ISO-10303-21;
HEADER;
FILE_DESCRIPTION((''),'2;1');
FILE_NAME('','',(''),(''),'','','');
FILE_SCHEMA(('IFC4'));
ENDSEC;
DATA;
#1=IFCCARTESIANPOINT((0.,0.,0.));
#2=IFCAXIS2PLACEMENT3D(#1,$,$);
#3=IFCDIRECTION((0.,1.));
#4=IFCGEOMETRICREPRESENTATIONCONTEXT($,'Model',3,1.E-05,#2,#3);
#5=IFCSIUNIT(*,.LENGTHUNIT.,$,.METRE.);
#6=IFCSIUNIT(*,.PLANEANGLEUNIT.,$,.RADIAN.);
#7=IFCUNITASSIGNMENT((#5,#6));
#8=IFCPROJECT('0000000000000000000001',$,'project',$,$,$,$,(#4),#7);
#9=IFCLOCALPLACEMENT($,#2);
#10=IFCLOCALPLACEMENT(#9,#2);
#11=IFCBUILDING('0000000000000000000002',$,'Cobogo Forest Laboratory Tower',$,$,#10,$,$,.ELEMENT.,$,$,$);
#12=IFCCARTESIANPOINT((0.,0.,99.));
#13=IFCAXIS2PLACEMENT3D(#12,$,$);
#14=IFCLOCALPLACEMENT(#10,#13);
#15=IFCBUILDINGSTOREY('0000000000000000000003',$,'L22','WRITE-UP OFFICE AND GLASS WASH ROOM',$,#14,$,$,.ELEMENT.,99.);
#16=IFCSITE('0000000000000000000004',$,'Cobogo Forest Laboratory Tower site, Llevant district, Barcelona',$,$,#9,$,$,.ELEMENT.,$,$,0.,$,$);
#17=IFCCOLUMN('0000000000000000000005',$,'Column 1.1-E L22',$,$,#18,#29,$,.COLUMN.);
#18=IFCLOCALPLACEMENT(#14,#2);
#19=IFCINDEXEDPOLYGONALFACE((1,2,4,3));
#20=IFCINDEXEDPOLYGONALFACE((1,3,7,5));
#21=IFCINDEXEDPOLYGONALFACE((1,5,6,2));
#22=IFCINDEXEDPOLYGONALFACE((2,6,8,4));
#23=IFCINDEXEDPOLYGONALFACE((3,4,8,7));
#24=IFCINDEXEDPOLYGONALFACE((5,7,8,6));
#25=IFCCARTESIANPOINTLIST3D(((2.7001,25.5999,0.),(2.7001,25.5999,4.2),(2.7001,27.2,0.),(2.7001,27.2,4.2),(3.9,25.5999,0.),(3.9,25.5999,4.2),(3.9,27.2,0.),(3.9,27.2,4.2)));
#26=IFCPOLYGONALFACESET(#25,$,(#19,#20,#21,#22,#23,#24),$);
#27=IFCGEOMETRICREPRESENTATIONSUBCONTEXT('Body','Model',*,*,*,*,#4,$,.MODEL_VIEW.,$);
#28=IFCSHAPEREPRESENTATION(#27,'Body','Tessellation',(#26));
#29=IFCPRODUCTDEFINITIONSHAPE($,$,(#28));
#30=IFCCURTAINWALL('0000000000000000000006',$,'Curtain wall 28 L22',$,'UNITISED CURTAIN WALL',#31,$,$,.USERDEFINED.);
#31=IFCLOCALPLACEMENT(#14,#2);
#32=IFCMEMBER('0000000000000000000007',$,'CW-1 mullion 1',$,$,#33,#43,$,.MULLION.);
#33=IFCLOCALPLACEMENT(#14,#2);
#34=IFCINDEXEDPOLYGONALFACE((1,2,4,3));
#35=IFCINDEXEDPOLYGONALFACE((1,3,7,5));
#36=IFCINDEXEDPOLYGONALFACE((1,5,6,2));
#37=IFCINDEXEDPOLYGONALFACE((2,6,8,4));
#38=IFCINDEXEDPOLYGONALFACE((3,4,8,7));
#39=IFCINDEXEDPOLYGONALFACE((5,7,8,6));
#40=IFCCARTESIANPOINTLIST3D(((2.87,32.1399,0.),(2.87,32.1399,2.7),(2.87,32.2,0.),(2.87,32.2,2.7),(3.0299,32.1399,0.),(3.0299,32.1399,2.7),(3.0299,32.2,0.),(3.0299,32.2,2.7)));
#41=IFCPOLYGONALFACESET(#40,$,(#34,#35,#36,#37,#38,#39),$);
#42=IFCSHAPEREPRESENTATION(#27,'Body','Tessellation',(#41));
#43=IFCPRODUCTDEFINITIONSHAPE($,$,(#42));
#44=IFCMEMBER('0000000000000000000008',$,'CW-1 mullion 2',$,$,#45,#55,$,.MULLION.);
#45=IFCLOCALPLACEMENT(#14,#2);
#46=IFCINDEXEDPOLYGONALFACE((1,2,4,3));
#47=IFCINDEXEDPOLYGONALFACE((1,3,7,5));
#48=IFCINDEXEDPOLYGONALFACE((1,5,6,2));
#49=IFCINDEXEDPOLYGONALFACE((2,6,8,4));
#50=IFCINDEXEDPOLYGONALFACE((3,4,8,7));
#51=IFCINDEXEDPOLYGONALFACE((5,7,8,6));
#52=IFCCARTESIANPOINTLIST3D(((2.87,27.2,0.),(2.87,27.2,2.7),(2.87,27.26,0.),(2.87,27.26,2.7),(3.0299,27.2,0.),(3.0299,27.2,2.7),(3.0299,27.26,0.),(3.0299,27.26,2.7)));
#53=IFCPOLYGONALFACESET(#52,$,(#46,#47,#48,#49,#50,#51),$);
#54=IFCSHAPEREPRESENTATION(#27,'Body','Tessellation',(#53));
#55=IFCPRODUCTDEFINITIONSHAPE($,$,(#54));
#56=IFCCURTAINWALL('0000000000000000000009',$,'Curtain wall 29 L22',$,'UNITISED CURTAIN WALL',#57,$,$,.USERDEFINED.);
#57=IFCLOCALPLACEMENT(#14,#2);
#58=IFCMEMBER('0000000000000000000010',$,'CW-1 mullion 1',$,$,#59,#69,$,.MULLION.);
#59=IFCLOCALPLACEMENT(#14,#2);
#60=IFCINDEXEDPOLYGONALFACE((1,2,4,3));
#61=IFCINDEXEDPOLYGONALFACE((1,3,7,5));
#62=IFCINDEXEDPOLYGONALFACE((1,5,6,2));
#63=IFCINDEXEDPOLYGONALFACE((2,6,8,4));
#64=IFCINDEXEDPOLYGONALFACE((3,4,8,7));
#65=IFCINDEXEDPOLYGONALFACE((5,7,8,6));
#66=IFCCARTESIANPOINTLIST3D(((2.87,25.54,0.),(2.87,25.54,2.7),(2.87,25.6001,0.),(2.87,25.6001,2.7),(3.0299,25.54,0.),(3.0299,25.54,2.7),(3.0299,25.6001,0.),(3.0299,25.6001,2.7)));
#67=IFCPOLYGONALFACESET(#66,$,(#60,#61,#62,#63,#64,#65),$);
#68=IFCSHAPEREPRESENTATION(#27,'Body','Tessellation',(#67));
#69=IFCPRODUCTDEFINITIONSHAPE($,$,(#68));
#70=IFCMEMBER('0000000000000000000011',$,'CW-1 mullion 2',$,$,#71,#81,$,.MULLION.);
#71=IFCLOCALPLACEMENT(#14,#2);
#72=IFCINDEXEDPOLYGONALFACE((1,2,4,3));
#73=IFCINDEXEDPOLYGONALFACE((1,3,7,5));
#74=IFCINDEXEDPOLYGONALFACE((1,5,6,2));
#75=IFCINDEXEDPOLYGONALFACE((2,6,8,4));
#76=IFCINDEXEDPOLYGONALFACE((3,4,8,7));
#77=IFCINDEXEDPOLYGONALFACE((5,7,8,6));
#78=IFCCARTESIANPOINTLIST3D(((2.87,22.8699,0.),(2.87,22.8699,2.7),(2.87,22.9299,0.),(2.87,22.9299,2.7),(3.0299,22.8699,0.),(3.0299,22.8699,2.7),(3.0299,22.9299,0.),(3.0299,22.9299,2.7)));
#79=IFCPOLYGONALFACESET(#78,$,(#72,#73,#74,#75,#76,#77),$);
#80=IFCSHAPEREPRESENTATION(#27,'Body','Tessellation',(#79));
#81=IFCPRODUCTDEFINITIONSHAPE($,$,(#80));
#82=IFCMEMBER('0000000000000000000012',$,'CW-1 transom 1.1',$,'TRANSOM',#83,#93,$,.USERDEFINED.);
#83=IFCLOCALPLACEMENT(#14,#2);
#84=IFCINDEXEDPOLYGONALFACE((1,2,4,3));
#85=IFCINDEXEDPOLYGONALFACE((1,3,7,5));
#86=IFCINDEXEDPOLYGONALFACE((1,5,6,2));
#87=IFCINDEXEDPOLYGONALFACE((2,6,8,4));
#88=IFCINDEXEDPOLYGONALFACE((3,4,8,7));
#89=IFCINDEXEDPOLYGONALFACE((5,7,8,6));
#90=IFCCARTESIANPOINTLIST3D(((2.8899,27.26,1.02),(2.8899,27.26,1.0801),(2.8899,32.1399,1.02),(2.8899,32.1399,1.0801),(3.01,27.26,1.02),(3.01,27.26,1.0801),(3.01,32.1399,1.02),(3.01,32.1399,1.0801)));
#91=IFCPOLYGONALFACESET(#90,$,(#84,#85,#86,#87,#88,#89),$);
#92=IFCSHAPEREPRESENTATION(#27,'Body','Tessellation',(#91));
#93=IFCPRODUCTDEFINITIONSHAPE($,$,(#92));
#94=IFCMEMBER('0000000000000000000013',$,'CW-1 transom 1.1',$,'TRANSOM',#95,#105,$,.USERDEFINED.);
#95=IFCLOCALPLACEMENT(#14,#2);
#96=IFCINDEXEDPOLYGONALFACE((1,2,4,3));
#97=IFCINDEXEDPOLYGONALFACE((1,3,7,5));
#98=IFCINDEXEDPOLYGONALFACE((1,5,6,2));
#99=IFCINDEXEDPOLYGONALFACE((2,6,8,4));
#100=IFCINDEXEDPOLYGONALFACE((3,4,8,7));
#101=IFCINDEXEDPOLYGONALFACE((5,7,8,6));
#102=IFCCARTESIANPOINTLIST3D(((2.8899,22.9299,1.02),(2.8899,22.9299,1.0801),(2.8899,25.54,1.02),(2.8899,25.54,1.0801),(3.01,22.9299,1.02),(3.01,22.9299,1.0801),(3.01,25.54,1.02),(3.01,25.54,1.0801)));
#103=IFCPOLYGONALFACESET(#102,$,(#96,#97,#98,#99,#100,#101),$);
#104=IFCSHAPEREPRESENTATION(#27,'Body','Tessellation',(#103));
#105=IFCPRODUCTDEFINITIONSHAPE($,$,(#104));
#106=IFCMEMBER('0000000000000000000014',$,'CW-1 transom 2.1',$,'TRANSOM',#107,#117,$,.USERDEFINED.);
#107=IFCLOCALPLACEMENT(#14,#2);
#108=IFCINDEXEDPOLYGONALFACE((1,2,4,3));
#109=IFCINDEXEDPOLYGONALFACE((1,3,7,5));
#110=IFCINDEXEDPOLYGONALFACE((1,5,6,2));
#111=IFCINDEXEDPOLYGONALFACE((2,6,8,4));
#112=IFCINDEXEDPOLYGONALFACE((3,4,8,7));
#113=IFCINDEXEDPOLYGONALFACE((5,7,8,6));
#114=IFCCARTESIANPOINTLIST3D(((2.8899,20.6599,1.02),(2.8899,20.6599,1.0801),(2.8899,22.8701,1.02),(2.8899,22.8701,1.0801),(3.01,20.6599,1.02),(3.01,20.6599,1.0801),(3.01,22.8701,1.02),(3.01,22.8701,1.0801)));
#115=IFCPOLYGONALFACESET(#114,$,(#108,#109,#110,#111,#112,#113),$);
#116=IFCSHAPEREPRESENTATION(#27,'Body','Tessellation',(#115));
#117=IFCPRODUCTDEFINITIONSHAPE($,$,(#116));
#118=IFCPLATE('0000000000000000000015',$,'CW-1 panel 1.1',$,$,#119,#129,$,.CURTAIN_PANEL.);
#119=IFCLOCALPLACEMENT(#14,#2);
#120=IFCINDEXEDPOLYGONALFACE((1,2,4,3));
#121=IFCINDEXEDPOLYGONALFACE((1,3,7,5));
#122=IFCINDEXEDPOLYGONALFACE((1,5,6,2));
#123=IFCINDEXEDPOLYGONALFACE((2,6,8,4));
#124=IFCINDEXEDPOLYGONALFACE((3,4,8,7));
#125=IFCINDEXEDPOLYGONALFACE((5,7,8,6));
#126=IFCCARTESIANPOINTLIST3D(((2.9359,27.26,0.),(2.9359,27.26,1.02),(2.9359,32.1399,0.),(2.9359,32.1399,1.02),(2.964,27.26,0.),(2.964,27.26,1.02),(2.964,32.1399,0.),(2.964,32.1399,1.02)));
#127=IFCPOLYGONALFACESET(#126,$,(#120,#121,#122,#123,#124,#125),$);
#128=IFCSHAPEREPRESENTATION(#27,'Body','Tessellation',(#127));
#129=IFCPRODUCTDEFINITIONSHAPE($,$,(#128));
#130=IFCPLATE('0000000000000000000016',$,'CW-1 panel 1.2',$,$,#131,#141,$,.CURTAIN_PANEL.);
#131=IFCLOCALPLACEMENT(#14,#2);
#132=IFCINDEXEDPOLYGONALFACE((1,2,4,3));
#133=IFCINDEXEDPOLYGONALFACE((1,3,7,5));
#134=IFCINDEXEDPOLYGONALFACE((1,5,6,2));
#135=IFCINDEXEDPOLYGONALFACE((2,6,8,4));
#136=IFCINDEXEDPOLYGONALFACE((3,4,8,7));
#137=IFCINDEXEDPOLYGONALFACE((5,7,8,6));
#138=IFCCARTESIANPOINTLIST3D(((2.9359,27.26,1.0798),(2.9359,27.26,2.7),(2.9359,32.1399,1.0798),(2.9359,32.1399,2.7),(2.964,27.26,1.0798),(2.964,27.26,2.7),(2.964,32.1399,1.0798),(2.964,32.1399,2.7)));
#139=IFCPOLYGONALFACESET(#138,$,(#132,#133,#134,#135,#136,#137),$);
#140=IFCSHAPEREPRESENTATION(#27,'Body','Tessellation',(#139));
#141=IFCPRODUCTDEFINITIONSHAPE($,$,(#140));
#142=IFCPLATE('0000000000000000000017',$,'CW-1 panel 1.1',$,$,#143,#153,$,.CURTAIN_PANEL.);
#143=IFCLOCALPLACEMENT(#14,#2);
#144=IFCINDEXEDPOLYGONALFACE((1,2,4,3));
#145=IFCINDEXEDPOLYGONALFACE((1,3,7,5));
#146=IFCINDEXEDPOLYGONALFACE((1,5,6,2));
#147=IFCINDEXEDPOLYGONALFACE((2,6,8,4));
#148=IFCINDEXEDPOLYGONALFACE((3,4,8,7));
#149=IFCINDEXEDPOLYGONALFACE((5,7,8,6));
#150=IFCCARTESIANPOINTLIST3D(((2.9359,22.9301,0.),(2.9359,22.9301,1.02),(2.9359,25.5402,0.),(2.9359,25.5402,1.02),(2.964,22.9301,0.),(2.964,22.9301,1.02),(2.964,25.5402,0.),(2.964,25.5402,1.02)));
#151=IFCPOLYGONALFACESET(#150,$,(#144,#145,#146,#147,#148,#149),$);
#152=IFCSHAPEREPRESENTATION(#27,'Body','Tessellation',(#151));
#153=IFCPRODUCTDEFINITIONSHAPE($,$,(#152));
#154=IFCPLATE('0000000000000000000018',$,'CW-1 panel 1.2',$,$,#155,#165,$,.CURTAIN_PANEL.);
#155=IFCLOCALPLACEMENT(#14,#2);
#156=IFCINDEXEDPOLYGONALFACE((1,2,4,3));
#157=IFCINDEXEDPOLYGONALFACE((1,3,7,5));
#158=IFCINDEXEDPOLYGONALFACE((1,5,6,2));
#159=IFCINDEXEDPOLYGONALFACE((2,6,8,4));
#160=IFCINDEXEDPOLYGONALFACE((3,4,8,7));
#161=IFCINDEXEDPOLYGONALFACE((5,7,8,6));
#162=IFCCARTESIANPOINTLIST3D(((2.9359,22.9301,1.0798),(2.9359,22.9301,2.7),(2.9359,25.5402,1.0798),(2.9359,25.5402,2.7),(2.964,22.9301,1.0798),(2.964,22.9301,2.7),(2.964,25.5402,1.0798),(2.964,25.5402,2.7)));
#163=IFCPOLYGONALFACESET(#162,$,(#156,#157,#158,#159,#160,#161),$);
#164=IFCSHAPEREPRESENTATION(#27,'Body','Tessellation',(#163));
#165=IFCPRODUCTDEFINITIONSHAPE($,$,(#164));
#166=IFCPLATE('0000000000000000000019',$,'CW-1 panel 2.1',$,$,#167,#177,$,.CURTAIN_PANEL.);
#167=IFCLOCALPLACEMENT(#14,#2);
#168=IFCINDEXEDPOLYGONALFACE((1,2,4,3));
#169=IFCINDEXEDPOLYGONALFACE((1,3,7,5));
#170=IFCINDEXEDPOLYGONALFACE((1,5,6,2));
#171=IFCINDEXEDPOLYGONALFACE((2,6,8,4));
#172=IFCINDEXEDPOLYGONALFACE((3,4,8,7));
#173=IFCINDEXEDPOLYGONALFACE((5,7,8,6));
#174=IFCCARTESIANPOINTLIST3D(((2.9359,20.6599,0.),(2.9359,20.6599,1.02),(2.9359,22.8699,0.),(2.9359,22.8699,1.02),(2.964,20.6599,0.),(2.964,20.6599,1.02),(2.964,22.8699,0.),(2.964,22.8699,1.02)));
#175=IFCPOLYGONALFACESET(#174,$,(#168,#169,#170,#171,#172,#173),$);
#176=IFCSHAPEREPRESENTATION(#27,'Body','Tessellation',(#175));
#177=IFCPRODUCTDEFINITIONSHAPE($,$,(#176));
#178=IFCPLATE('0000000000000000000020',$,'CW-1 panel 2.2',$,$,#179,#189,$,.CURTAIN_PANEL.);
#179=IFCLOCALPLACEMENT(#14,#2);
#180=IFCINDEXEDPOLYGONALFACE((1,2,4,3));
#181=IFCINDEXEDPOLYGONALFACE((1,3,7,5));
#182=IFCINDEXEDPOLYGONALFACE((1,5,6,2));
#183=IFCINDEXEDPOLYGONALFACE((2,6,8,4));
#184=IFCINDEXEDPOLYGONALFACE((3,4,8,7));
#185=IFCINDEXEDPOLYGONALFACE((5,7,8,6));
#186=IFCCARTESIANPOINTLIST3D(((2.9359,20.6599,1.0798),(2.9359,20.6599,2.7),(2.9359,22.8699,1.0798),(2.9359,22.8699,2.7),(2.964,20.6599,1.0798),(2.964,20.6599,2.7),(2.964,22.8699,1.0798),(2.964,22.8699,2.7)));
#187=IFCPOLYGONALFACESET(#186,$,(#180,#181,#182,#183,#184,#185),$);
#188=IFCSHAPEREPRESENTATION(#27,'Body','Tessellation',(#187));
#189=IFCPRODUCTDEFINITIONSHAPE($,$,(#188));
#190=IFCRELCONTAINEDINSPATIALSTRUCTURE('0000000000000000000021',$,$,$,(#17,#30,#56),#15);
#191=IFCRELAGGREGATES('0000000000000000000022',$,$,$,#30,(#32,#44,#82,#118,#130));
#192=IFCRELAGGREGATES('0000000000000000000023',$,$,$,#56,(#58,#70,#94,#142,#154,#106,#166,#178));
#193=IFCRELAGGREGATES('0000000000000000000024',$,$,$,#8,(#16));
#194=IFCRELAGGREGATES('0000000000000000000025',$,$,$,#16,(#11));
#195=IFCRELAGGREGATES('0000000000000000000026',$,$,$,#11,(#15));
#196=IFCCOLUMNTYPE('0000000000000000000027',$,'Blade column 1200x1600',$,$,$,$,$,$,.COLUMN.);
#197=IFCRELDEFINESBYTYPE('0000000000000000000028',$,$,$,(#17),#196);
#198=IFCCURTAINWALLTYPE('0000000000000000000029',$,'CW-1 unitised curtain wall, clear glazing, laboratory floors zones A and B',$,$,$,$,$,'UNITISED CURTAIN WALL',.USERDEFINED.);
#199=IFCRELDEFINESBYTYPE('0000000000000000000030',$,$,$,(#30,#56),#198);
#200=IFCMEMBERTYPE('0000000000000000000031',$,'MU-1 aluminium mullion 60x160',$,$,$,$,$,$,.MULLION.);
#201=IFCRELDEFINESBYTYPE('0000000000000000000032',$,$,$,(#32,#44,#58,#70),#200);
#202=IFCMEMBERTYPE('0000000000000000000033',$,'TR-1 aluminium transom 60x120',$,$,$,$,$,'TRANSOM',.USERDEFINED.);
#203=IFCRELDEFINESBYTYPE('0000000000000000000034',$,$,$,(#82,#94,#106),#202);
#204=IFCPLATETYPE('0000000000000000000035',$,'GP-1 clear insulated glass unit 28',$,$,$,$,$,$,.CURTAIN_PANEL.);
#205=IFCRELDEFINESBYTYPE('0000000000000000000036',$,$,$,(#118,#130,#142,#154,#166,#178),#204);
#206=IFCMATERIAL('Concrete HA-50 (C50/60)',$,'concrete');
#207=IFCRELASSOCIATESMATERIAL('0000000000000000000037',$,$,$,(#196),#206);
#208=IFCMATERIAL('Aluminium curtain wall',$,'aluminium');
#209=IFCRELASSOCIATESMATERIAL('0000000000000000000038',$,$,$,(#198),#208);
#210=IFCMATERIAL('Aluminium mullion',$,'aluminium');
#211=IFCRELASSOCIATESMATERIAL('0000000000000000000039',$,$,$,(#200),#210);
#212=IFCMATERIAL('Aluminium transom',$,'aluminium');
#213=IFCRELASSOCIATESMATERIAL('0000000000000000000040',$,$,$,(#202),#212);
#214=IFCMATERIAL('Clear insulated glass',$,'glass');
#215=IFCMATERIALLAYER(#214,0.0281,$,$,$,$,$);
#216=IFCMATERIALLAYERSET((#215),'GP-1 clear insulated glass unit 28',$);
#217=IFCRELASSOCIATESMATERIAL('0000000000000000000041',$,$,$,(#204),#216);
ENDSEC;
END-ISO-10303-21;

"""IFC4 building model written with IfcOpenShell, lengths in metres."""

from ifc_helpers import new_model, si_unit, direction, frame, origin, origin_2d, place, context, subcontext, project, spatial, rectangle, extrude, material, layer, layer_set, material_profile, profile_set, type_object, element, aggregate, save


model = new_model("IFC4")

# Units and contexts
model_context = context("Model", 3, precision=1e-05, world=origin(), true_north=direction((0.0, 1.0)))
body_context = subcontext(model_context, "Body", "Model", "MODEL_VIEW")
ifc_project = project(units=[si_unit("LENGTHUNIT", "METRE"), si_unit("PLANEANGLEUNIT", "RADIAN")], contexts=[model_context])

# Site, building, storey
site_placement = place(None, origin())
site = spatial("IfcSite", under=ifc_project, at=site_placement, Name="Cobogo Forest Laboratory Tower site, Llevant district, Barcelona", CompositionType="ELEMENT", RefElevation=0.0)
building_placement = place(site_placement, origin())
building = spatial("IfcBuilding", under=site, at=building_placement, Name="Cobogo Forest Laboratory Tower", CompositionType="ELEMENT")
storey_placement = place(building_placement, frame((0.0, 0.0, 99.0)))
storey = spatial("IfcBuildingStorey", under=building, at=storey_placement, Name="L22", Description="WRITE-UP OFFICE AND GLASS WASH ROOM", CompositionType="ELEMENT", Elevation=99.0)

# Column
ifc_material_1 = material(Name="Concrete HA-50 (C50/60)", Category="concrete")
ifc_material_profile_1 = material_profile(ifc_material_1, rectangle(XDim=1.6001, YDim=1.2, at=origin_2d()), Name="RC 1200x1600")
ifc_profile_set_1 = profile_set([ifc_material_profile_1], Name="Concrete HA-50 (C50/60)")
column_type = type_object("IfcColumnType", Name="Blade column 1200x1600", PredefinedType="COLUMN", material=ifc_profile_set_1)
column_placement = place(storey_placement, frame((3.3, 26.3999, 0.0), z_axis=(0.0, 0.0, 1.0), x_axis=(0.0, 1.0, 0.0)))
element("IfcColumn", 1, at=column_placement, inside=storey, type_object=column_type, Name="Column 1.1-E L22", PredefinedType="COLUMN", context=body_context, shape_type="SweptSolid", body=[
    extrude(rectangle(XDim=1.6001, YDim=1.2, at=origin_2d()), origin(), (0.0, 0.0, 1.0), 4.2),
])

# Curtain walls, members
ifc_material_2 = material(Name="Aluminium curtain wall", Category="aluminium")
curtain_wall_type = type_object("IfcCurtainWallType", Name="CW-1 unitised curtain wall, clear glazing, laboratory floors zones A and B", ElementType="UNITISED CURTAIN WALL", PredefinedType="USERDEFINED", material=ifc_material_2)
curtain_wall_1_placement = place(storey_placement, origin())
curtain_wall_1 = element("IfcCurtainWall", 2, at=curtain_wall_1_placement, inside=storey, type_object=curtain_wall_type, Name="Curtain wall 28 L22", ObjectType="UNITISED CURTAIN WALL", PredefinedType="USERDEFINED")
ifc_material_3 = material(Name="Aluminium mullion", Category="aluminium")
ifc_material_profile_2 = material_profile(ifc_material_3, rectangle(XDim=0.0601, YDim=0.1599, at=origin_2d()), Name="AL 60x160")
ifc_profile_set_2 = profile_set([ifc_material_profile_2], Name="Aluminium mullion")
member_type_1 = type_object("IfcMemberType", Name="MU-1 aluminium mullion 60x160", PredefinedType="MULLION", material=ifc_profile_set_2)
member_1_placement = place(storey_placement, frame((2.95, 32.1699, 0.0), z_axis=(0.0, 0.0, 1.0), x_axis=(0.0, -1.0, 0.0)))
member_1 = element("IfcMember", 3, at=member_1_placement, type_object=member_type_1, Name="CW-1 mullion 1", PredefinedType="MULLION", context=body_context, shape_type="SweptSolid", body=[
    extrude(rectangle(XDim=0.0601, YDim=0.1599, at=origin_2d()), origin(), (0.0, 0.0, 1.0), 2.7),
])
member_2_placement = place(storey_placement, frame((2.95, 27.23, 0.0), z_axis=(0.0, 0.0, 1.0), x_axis=(0.0, -1.0, 0.0)))
member_2 = element("IfcMember", 4, at=member_2_placement, type_object=member_type_1, Name="CW-1 mullion 2", PredefinedType="MULLION", context=body_context, shape_type="SweptSolid", body=[
    extrude(rectangle(XDim=0.0601, YDim=0.1599, at=origin_2d()), origin(), (0.0, 0.0, 1.0), 2.7),
])
curtain_wall_2_placement = place(storey_placement, origin())
curtain_wall_2 = element("IfcCurtainWall", 5, at=curtain_wall_2_placement, inside=storey, type_object=curtain_wall_type, Name="Curtain wall 29 L22", ObjectType="UNITISED CURTAIN WALL", PredefinedType="USERDEFINED")
member_3_placement = place(storey_placement, frame((2.95, 25.5701, 0.0), z_axis=(0.0, 0.0, 1.0), x_axis=(0.0, -1.0, 0.0)))
member_3 = element("IfcMember", 6, at=member_3_placement, type_object=member_type_1, Name="CW-1 mullion 1", PredefinedType="MULLION", context=body_context, shape_type="SweptSolid", body=[
    extrude(rectangle(XDim=0.0601, YDim=0.1599, at=origin_2d()), origin(), (0.0, 0.0, 1.0), 2.7),
])
member_4_placement = place(storey_placement, frame((2.95, 22.8999, 0.0), z_axis=(0.0, 0.0, 1.0), x_axis=(0.0, -1.0, 0.0)))
member_4 = element("IfcMember", 7, at=member_4_placement, type_object=member_type_1, Name="CW-1 mullion 2", PredefinedType="MULLION", context=body_context, shape_type="SweptSolid", body=[
    extrude(rectangle(XDim=0.0601, YDim=0.1599, at=origin_2d()), origin(), (0.0, 0.0, 1.0), 2.7),
])

# Members
ifc_material_4 = material(Name="Aluminium transom", Category="aluminium")
ifc_material_profile_3 = material_profile(ifc_material_4, rectangle(XDim=0.1201, YDim=0.0601, at=origin_2d()), Name="AL 60x120")
ifc_profile_set_3 = profile_set([ifc_material_profile_3], Name="Aluminium transom")
member_type_2 = type_object("IfcMemberType", Name="TR-1 aluminium transom 60x120", ElementType="TRANSOM", PredefinedType="USERDEFINED", material=ifc_profile_set_3)
member_5_placement = place(storey_placement, frame((2.95, 32.1399, 1.05), z_axis=(0.0, -1.0, 0.0), x_axis=(1.0, 0.0, 0.0)))
member_5 = element("IfcMember", 8, at=member_5_placement, type_object=member_type_2, Name="CW-1 transom 1.1", ObjectType="TRANSOM", PredefinedType="USERDEFINED", context=body_context, shape_type="SweptSolid", body=[
    extrude(rectangle(XDim=0.1201, YDim=0.0601, at=origin_2d()), origin(), (0.0, 0.0, 1.0), 4.8799),
])
member_6_placement = place(storey_placement, frame((2.95, 25.54, 1.05), z_axis=(0.0, -1.0, 0.0), x_axis=(1.0, 0.0, 0.0)))
member_6 = element("IfcMember", 9, at=member_6_placement, type_object=member_type_2, Name="CW-1 transom 1.1", ObjectType="TRANSOM", PredefinedType="USERDEFINED", context=body_context, shape_type="SweptSolid", body=[
    extrude(rectangle(XDim=0.1201, YDim=0.0601, at=origin_2d()), origin(), (0.0, 0.0, 1.0), 2.6101),
])
member_7_placement = place(storey_placement, frame((2.95, 22.8701, 1.05), z_axis=(0.0, -1.0, 0.0), x_axis=(1.0, 0.0, 0.0)))
member_7 = element("IfcMember", 10, at=member_7_placement, type_object=member_type_2, Name="CW-1 transom 2.1", ObjectType="TRANSOM", PredefinedType="USERDEFINED", context=body_context, shape_type="SweptSolid", body=[
    extrude(rectangle(XDim=0.1201, YDim=0.0601, at=origin_2d()), origin(), (0.0, 0.0, 1.0), 2.2102),
])

# Plates
ifc_material_5 = material(Name="Clear insulated glass", Category="glass")
ifc_layer_1 = layer(ifc_material_5, 0.0281)
ifc_layer_set_1 = layer_set([ifc_layer_1], Name="GP-1 clear insulated glass unit 28")
plate_type_1 = type_object("IfcPlateType", Name="GP-1 clear insulated glass unit 28", PredefinedType="CURTAIN_PANEL", material=ifc_layer_set_1)
plate_1_placement = place(storey_placement, frame((2.95, 29.7, 0.0), z_axis=(0.0, 0.0, 1.0), x_axis=(0.0, -1.0, 0.0)))
plate_1 = element("IfcPlate", 11, at=plate_1_placement, type_object=plate_type_1, Name="CW-1 panel 1.1", PredefinedType="CURTAIN_PANEL", context=body_context, shape_type="SweptSolid", body=[
    extrude(rectangle(XDim=4.8799, YDim=0.0281, at=origin_2d()), origin(), (0.0, 0.0, 1.0), 1.02),
])
plate_2_placement = place(storey_placement, frame((2.95, 29.7, 1.0798), z_axis=(0.0, 0.0, 1.0), x_axis=(0.0, -1.0, 0.0)))
plate_2 = element("IfcPlate", 12, at=plate_2_placement, type_object=plate_type_1, Name="CW-1 panel 1.2", PredefinedType="CURTAIN_PANEL", context=body_context, shape_type="SweptSolid", body=[
    extrude(rectangle(XDim=4.8799, YDim=0.0281, at=origin_2d()), origin(), (0.0, 0.0, 1.0), 1.6201),
])
aggregate(curtain_wall_1, [member_1, member_2, member_5, plate_1, plate_2])
plate_3_placement = place(storey_placement, frame((2.95, 24.2351, 0.0), z_axis=(0.0, 0.0, 1.0), x_axis=(0.0, -1.0, 0.0)))
plate_3 = element("IfcPlate", 13, at=plate_3_placement, type_object=plate_type_1, Name="CW-1 panel 1.1", PredefinedType="CURTAIN_PANEL", context=body_context, shape_type="SweptSolid", body=[
    extrude(rectangle(XDim=2.6101, YDim=0.0281, at=origin_2d()), origin(), (0.0, 0.0, 1.0), 1.02),
])
plate_4_placement = place(storey_placement, frame((2.95, 24.2351, 1.0798), z_axis=(0.0, 0.0, 1.0), x_axis=(0.0, -1.0, 0.0)))
plate_4 = element("IfcPlate", 14, at=plate_4_placement, type_object=plate_type_1, Name="CW-1 panel 1.2", PredefinedType="CURTAIN_PANEL", context=body_context, shape_type="SweptSolid", body=[
    extrude(rectangle(XDim=2.6101, YDim=0.0281, at=origin_2d()), origin(), (0.0, 0.0, 1.0), 1.6201),
])
plate_5_placement = place(storey_placement, frame((2.95, 21.7649, 0.0), z_axis=(0.0, 0.0, 1.0), x_axis=(0.0, -1.0, 0.0)))
plate_5 = element("IfcPlate", 15, at=plate_5_placement, type_object=plate_type_1, Name="CW-1 panel 2.1", PredefinedType="CURTAIN_PANEL", context=body_context, shape_type="SweptSolid", body=[
    extrude(rectangle(XDim=2.21, YDim=0.0281, at=origin_2d()), origin(), (0.0, 0.0, 1.0), 1.02),
])
plate_6_placement = place(storey_placement, frame((2.95, 21.7649, 1.0798), z_axis=(0.0, 0.0, 1.0), x_axis=(0.0, -1.0, 0.0)))
plate_6 = element("IfcPlate", 16, at=plate_6_placement, type_object=plate_type_1, Name="CW-1 panel 2.2", PredefinedType="CURTAIN_PANEL", context=body_context, shape_type="SweptSolid", body=[
    extrude(rectangle(XDim=2.21, YDim=0.0281, at=origin_2d()), origin(), (0.0, 0.0, 1.0), 1.6201),
])
aggregate(curtain_wall_2, [member_3, member_4, member_6, plate_3, plate_4, member_7, plate_5, plate_6])

save(model, "model.ifc")
